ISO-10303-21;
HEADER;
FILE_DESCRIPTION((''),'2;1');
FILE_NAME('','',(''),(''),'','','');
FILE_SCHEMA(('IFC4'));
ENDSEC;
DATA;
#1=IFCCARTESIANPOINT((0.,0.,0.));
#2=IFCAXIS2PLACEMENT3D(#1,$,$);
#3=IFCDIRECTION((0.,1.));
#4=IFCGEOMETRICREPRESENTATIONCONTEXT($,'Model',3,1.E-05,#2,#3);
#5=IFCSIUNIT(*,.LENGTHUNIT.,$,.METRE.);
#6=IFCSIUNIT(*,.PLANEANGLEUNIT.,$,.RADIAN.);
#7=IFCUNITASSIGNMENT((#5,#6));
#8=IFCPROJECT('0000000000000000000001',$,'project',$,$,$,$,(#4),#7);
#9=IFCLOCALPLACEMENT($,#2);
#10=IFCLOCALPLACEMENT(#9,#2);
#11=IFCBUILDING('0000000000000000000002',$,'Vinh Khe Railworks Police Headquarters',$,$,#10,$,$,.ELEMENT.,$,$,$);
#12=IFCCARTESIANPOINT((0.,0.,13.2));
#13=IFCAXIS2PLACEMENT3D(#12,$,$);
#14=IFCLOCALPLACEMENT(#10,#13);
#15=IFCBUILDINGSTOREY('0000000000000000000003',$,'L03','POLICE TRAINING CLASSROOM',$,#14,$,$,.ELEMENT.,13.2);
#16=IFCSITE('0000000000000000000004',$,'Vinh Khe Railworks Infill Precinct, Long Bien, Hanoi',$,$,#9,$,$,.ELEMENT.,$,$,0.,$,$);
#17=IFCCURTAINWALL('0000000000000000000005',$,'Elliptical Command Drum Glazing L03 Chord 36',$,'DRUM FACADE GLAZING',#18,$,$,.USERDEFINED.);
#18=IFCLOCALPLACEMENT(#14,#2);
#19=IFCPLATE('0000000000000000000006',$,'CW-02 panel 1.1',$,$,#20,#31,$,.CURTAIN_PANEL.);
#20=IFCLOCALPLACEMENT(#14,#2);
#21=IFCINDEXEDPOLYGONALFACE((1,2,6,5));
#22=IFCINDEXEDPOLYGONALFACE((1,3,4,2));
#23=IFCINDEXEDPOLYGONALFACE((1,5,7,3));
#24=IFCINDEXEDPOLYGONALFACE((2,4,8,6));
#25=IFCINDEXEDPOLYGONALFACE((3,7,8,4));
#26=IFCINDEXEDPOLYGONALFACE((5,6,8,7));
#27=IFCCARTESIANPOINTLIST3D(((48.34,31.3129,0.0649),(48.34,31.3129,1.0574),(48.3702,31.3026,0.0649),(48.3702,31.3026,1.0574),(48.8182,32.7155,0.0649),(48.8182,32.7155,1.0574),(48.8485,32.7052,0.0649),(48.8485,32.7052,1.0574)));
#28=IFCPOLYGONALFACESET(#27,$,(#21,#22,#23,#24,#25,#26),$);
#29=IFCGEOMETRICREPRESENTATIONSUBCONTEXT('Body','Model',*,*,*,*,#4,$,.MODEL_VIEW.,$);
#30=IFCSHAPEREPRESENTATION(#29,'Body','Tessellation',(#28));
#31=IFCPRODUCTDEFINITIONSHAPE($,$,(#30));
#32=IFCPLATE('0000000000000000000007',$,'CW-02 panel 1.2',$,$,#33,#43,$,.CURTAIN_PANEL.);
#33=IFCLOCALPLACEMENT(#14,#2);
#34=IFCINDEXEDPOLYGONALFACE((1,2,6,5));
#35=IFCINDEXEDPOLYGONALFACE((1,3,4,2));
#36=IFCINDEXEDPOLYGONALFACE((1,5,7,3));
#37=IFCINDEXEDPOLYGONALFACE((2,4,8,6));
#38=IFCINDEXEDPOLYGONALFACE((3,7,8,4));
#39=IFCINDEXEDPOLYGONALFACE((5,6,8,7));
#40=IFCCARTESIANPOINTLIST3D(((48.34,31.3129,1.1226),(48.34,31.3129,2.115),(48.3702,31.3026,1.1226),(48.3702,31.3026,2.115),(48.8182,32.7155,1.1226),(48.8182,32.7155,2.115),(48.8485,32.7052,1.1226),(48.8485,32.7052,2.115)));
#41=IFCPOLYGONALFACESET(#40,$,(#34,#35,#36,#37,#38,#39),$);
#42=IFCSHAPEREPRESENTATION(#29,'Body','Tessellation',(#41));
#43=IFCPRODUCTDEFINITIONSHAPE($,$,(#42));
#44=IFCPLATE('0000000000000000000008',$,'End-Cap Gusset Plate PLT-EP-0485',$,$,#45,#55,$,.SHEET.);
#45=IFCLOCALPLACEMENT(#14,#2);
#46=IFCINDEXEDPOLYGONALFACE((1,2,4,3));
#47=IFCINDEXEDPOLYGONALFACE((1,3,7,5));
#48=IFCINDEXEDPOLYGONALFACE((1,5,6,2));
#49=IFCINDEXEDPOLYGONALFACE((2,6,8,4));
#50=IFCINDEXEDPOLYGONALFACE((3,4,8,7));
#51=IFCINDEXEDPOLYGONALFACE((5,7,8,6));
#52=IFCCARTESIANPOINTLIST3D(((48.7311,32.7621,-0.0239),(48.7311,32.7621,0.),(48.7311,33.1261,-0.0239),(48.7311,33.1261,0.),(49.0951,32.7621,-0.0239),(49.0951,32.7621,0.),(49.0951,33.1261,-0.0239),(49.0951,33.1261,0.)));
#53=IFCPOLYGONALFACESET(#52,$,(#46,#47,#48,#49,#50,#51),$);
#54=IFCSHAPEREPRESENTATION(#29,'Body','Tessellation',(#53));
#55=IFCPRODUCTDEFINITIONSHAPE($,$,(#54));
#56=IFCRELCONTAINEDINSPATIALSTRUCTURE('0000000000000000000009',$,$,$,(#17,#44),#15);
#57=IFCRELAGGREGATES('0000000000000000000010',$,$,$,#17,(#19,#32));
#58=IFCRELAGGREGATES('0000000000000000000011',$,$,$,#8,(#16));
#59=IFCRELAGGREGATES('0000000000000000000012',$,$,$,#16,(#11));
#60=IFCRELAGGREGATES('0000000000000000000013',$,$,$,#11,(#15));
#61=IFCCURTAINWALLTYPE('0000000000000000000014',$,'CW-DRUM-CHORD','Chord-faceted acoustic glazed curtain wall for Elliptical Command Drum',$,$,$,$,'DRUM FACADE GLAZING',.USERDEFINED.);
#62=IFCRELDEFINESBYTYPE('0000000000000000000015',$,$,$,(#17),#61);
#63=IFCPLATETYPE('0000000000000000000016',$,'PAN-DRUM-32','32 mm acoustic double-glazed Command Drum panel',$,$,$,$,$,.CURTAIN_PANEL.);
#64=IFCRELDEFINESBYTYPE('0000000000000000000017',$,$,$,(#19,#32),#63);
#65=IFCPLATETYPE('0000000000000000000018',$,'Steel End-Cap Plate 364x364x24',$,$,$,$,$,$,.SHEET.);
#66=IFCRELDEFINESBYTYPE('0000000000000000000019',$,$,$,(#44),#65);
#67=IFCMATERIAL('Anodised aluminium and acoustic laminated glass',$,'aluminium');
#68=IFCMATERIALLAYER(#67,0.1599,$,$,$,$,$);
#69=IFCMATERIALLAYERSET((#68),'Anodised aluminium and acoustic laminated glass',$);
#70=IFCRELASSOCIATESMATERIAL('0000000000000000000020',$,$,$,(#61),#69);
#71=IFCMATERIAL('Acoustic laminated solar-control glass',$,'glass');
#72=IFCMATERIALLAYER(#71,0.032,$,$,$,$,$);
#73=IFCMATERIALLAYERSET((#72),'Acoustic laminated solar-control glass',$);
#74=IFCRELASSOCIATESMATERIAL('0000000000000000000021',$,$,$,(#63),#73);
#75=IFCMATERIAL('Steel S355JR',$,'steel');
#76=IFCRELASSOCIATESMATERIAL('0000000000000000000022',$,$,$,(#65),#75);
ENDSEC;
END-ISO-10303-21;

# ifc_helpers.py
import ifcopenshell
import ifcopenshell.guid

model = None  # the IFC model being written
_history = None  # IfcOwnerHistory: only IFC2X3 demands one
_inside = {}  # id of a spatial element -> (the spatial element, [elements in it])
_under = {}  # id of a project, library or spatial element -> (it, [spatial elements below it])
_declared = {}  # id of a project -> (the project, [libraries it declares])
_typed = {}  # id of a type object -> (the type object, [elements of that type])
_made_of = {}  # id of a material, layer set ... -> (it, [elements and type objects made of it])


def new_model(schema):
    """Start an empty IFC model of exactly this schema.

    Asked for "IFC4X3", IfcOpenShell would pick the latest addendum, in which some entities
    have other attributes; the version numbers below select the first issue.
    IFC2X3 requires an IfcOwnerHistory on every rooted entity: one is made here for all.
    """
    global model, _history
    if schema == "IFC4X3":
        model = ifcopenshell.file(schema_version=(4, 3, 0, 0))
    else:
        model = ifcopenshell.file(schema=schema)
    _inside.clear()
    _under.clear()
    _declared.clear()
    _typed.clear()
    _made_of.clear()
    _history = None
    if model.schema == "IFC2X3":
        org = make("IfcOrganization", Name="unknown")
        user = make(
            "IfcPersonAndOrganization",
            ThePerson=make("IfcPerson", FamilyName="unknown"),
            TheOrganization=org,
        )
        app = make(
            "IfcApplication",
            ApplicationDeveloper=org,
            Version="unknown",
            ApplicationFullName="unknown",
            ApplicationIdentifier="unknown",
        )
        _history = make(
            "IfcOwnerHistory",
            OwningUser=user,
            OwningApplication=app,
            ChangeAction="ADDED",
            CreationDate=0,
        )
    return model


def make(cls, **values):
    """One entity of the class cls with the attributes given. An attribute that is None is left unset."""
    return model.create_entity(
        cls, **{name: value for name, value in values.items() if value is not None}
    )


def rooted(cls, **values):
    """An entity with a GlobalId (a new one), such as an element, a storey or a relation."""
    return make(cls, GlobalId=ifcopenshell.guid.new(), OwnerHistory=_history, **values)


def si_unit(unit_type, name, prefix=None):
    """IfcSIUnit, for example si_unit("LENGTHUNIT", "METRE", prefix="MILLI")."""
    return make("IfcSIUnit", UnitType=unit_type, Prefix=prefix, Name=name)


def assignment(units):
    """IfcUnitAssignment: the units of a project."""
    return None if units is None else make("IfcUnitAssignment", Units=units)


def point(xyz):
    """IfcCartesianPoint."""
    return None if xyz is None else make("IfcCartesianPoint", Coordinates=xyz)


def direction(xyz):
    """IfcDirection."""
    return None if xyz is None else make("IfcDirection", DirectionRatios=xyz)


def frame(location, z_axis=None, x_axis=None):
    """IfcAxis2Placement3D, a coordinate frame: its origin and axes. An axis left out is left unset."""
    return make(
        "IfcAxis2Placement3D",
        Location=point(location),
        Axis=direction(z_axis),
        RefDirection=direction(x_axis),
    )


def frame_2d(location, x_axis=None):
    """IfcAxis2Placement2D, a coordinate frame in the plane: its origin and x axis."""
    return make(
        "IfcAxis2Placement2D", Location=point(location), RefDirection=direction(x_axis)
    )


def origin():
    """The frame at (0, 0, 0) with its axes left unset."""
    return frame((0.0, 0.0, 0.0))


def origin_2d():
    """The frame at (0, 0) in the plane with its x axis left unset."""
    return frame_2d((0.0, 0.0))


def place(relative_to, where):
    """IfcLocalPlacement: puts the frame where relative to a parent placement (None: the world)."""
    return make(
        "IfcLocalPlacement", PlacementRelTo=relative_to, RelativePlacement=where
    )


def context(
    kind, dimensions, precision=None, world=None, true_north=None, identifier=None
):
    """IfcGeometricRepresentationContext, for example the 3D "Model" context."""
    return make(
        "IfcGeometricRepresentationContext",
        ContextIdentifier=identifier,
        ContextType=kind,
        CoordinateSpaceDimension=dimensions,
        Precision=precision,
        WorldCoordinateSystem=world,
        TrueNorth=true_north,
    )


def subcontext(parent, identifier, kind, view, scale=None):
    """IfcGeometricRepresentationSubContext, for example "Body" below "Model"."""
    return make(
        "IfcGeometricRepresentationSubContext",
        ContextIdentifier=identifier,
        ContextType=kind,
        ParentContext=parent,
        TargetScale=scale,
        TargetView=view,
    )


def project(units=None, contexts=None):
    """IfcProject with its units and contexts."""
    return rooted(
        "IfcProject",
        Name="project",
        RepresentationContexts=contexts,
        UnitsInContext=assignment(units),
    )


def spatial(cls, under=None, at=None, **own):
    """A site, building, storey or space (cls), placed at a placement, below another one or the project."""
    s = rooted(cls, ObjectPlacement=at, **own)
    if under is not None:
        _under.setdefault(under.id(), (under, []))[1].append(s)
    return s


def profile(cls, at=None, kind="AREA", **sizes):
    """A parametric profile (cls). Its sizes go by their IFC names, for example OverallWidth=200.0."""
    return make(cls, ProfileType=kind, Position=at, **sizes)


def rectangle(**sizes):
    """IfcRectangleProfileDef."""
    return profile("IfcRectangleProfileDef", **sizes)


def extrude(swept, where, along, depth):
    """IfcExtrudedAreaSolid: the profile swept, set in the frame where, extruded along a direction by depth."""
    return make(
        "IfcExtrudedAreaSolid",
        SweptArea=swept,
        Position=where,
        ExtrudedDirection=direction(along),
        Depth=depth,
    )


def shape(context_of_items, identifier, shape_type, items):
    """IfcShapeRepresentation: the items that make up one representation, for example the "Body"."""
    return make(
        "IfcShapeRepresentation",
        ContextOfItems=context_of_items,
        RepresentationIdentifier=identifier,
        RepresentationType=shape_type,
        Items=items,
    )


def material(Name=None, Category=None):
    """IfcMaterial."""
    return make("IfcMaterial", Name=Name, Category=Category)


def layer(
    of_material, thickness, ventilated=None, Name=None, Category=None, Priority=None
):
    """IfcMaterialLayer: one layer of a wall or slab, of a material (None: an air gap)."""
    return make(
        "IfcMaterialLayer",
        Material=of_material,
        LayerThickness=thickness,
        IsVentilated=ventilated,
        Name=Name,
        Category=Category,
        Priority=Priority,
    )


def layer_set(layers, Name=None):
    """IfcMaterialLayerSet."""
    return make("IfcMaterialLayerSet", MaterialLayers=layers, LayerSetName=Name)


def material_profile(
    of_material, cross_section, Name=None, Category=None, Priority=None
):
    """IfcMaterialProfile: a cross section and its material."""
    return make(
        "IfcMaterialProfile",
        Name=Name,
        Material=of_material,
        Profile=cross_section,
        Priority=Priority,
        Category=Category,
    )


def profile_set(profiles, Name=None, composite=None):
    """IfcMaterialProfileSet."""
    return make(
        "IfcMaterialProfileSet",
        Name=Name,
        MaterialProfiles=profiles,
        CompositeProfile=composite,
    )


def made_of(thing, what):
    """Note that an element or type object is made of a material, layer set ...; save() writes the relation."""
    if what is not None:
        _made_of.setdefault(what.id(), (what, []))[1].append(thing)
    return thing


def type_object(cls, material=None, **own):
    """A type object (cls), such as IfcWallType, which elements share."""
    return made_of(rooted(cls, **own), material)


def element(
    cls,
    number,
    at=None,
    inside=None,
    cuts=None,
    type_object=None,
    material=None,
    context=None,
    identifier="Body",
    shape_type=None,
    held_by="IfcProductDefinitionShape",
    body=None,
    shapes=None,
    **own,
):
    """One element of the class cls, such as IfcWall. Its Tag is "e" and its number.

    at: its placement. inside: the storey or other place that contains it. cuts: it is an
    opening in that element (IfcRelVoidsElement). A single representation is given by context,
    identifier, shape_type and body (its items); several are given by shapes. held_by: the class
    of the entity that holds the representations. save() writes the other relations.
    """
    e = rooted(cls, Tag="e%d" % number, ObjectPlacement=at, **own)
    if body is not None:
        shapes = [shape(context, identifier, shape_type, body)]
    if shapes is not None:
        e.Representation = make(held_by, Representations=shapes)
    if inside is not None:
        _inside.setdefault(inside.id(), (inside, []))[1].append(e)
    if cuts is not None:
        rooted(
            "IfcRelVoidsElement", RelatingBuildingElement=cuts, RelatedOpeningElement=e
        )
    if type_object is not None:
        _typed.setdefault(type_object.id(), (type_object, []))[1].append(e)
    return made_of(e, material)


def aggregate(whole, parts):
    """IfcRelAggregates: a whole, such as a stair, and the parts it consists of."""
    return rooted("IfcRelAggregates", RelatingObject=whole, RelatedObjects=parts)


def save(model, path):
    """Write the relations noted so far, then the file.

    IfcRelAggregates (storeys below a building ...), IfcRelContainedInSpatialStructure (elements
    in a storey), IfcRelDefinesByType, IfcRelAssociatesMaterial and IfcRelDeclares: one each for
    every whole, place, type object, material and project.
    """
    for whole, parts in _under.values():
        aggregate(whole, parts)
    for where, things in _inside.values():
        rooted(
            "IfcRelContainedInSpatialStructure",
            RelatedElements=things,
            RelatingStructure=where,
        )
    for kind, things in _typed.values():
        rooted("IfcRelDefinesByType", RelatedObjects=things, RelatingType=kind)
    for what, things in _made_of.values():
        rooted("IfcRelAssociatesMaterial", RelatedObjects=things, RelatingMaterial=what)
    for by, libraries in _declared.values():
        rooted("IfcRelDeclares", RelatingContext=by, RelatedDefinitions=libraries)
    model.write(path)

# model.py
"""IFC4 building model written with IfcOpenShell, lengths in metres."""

from ifc_helpers import new_model, si_unit, direction, frame, origin, origin_2d, place, context, subcontext, project, spatial, rectangle, extrude, material, layer, layer_set, material_profile, profile_set, type_object, element, aggregate, save


model = new_model("IFC4")

# Units and contexts
model_context = context("Model", 3, precision=1e-05, world=origin(), true_north=direction((0.0, 1.0)))
body_context = subcontext(model_context, "Body", "Model", "MODEL_VIEW")
ifc_project = project(units=[si_unit("LENGTHUNIT", "METRE"), si_unit("PLANEANGLEUNIT", "RADIAN")], contexts=[model_context])

# Site, building, storey
site_placement = place(None, origin())
site = spatial("IfcSite", under=ifc_project, at=site_placement, Name="Vinh Khe Railworks Infill Precinct, Long Bien, Hanoi", CompositionType="ELEMENT", RefElevation=0.0)
building_placement = place(site_placement, origin())
building = spatial("IfcBuilding", under=site, at=building_placement, Name="Vinh Khe Railworks Police Headquarters", CompositionType="ELEMENT")
storey_placement = place(building_placement, frame((0.0, 0.0, 13.2)))
storey = spatial("IfcBuildingStorey", under=building, at=storey_placement, Name="L03", Description="POLICE TRAINING CLASSROOM", CompositionType="ELEMENT", Elevation=13.2)

# Shared definitions
ifc_material_1 = material(Name="Steel S355JR", Category="steel")

# Shared definitions
ifc_material_2 = material(Name="Anodised aluminium and acoustic laminated glass", Category="aluminium")
ifc_layer_1 = layer(ifc_material_2, 0.1599)
ifc_layer_set_1 = layer_set([ifc_layer_1], Name="Anodised aluminium and acoustic laminated glass")
curtain_wall_type = type_object("IfcCurtainWallType", Name="CW-DRUM-CHORD", Description="Chord-faceted acoustic glazed curtain wall for Elliptical Command Drum", ElementType="DRUM FACADE GLAZING", PredefinedType="USERDEFINED", material=ifc_layer_set_1)

# Curtain wall
curtain_wall_1_placement = place(storey_placement, origin())
curtain_wall_1 = element("IfcCurtainWall", 1, at=curtain_wall_1_placement, inside=storey, type_object=curtain_wall_type, Name="Elliptical Command Drum Glazing L03 Chord 36", ObjectType="DRUM FACADE GLAZING", PredefinedType="USERDEFINED")

# Plates
ifc_material_3 = material(Name="Acoustic laminated solar-control glass", Category="glass")
ifc_layer_2 = layer(ifc_material_3, 0.032)
ifc_layer_set_2 = layer_set([ifc_layer_2], Name="Acoustic laminated solar-control glass")
plate_type_1 = type_object("IfcPlateType", Name="PAN-DRUM-32", Description="32 mm acoustic double-glazed Command Drum panel", PredefinedType="CURTAIN_PANEL", material=ifc_layer_set_2)
plate_1_placement = place(storey_placement, frame((48.5942, 32.009, 0.0649), z_axis=(0.0, 0.0, 1.0), x_axis=(0.322749, 0.946485, 0.0)))
plate_1 = element("IfcPlate", 2, at=plate_1_placement, type_object=plate_type_1, Name="CW-02 panel 1.1", PredefinedType="CURTAIN_PANEL", context=body_context, shape_type="SweptSolid", body=[
    extrude(rectangle(XDim=1.4819, YDim=0.032, at=origin_2d()), origin(), (0.0, 0.0, 1.0), 0.9924),
])
plate_2_placement = place(storey_placement, frame((48.5942, 32.009, 1.1226), z_axis=(0.0, 0.0, 1.0), x_axis=(0.322749, 0.946485, 0.0)))
plate_2 = element("IfcPlate", 3, at=plate_2_placement, type_object=plate_type_1, Name="CW-02 panel 1.2", PredefinedType="CURTAIN_PANEL", context=body_context, shape_type="SweptSolid", body=[
    extrude(rectangle(XDim=1.4819, YDim=0.032, at=origin_2d()), origin(), (0.0, 0.0, 1.0), 0.9924),
])
aggregate(curtain_wall_1, [plate_1, plate_2])
ifc_material_profile_1 = material_profile(ifc_material_1, rectangle(XDim=0.364, YDim=0.364, at=origin_2d()), Name="PL 364x364")
ifc_profile_set_1 = profile_set([ifc_material_profile_1], Name="Steel S355JR")
plate_type_2 = type_object("IfcPlateType", Name="Steel End-Cap Plate 364x364x24", PredefinedType="SHEET", material=ifc_profile_set_1)
plate_3_placement = place(storey_placement, frame((48.9131, 32.9441, 0.0), z_axis=(0.0, 0.0, -1.0), x_axis=(1.0, 0.0, 0.0)))
element("IfcPlate", 4, at=plate_3_placement, inside=storey, type_object=plate_type_2, Name="End-Cap Gusset Plate PLT-EP-0485", PredefinedType="SHEET", context=body_context, shape_type="SweptSolid", body=[
    extrude(rectangle(XDim=0.364, YDim=0.364, at=origin_2d()), origin(), (0.0, 0.0, 1.0), 0.0239),
])

save(model, "model.ifc")
